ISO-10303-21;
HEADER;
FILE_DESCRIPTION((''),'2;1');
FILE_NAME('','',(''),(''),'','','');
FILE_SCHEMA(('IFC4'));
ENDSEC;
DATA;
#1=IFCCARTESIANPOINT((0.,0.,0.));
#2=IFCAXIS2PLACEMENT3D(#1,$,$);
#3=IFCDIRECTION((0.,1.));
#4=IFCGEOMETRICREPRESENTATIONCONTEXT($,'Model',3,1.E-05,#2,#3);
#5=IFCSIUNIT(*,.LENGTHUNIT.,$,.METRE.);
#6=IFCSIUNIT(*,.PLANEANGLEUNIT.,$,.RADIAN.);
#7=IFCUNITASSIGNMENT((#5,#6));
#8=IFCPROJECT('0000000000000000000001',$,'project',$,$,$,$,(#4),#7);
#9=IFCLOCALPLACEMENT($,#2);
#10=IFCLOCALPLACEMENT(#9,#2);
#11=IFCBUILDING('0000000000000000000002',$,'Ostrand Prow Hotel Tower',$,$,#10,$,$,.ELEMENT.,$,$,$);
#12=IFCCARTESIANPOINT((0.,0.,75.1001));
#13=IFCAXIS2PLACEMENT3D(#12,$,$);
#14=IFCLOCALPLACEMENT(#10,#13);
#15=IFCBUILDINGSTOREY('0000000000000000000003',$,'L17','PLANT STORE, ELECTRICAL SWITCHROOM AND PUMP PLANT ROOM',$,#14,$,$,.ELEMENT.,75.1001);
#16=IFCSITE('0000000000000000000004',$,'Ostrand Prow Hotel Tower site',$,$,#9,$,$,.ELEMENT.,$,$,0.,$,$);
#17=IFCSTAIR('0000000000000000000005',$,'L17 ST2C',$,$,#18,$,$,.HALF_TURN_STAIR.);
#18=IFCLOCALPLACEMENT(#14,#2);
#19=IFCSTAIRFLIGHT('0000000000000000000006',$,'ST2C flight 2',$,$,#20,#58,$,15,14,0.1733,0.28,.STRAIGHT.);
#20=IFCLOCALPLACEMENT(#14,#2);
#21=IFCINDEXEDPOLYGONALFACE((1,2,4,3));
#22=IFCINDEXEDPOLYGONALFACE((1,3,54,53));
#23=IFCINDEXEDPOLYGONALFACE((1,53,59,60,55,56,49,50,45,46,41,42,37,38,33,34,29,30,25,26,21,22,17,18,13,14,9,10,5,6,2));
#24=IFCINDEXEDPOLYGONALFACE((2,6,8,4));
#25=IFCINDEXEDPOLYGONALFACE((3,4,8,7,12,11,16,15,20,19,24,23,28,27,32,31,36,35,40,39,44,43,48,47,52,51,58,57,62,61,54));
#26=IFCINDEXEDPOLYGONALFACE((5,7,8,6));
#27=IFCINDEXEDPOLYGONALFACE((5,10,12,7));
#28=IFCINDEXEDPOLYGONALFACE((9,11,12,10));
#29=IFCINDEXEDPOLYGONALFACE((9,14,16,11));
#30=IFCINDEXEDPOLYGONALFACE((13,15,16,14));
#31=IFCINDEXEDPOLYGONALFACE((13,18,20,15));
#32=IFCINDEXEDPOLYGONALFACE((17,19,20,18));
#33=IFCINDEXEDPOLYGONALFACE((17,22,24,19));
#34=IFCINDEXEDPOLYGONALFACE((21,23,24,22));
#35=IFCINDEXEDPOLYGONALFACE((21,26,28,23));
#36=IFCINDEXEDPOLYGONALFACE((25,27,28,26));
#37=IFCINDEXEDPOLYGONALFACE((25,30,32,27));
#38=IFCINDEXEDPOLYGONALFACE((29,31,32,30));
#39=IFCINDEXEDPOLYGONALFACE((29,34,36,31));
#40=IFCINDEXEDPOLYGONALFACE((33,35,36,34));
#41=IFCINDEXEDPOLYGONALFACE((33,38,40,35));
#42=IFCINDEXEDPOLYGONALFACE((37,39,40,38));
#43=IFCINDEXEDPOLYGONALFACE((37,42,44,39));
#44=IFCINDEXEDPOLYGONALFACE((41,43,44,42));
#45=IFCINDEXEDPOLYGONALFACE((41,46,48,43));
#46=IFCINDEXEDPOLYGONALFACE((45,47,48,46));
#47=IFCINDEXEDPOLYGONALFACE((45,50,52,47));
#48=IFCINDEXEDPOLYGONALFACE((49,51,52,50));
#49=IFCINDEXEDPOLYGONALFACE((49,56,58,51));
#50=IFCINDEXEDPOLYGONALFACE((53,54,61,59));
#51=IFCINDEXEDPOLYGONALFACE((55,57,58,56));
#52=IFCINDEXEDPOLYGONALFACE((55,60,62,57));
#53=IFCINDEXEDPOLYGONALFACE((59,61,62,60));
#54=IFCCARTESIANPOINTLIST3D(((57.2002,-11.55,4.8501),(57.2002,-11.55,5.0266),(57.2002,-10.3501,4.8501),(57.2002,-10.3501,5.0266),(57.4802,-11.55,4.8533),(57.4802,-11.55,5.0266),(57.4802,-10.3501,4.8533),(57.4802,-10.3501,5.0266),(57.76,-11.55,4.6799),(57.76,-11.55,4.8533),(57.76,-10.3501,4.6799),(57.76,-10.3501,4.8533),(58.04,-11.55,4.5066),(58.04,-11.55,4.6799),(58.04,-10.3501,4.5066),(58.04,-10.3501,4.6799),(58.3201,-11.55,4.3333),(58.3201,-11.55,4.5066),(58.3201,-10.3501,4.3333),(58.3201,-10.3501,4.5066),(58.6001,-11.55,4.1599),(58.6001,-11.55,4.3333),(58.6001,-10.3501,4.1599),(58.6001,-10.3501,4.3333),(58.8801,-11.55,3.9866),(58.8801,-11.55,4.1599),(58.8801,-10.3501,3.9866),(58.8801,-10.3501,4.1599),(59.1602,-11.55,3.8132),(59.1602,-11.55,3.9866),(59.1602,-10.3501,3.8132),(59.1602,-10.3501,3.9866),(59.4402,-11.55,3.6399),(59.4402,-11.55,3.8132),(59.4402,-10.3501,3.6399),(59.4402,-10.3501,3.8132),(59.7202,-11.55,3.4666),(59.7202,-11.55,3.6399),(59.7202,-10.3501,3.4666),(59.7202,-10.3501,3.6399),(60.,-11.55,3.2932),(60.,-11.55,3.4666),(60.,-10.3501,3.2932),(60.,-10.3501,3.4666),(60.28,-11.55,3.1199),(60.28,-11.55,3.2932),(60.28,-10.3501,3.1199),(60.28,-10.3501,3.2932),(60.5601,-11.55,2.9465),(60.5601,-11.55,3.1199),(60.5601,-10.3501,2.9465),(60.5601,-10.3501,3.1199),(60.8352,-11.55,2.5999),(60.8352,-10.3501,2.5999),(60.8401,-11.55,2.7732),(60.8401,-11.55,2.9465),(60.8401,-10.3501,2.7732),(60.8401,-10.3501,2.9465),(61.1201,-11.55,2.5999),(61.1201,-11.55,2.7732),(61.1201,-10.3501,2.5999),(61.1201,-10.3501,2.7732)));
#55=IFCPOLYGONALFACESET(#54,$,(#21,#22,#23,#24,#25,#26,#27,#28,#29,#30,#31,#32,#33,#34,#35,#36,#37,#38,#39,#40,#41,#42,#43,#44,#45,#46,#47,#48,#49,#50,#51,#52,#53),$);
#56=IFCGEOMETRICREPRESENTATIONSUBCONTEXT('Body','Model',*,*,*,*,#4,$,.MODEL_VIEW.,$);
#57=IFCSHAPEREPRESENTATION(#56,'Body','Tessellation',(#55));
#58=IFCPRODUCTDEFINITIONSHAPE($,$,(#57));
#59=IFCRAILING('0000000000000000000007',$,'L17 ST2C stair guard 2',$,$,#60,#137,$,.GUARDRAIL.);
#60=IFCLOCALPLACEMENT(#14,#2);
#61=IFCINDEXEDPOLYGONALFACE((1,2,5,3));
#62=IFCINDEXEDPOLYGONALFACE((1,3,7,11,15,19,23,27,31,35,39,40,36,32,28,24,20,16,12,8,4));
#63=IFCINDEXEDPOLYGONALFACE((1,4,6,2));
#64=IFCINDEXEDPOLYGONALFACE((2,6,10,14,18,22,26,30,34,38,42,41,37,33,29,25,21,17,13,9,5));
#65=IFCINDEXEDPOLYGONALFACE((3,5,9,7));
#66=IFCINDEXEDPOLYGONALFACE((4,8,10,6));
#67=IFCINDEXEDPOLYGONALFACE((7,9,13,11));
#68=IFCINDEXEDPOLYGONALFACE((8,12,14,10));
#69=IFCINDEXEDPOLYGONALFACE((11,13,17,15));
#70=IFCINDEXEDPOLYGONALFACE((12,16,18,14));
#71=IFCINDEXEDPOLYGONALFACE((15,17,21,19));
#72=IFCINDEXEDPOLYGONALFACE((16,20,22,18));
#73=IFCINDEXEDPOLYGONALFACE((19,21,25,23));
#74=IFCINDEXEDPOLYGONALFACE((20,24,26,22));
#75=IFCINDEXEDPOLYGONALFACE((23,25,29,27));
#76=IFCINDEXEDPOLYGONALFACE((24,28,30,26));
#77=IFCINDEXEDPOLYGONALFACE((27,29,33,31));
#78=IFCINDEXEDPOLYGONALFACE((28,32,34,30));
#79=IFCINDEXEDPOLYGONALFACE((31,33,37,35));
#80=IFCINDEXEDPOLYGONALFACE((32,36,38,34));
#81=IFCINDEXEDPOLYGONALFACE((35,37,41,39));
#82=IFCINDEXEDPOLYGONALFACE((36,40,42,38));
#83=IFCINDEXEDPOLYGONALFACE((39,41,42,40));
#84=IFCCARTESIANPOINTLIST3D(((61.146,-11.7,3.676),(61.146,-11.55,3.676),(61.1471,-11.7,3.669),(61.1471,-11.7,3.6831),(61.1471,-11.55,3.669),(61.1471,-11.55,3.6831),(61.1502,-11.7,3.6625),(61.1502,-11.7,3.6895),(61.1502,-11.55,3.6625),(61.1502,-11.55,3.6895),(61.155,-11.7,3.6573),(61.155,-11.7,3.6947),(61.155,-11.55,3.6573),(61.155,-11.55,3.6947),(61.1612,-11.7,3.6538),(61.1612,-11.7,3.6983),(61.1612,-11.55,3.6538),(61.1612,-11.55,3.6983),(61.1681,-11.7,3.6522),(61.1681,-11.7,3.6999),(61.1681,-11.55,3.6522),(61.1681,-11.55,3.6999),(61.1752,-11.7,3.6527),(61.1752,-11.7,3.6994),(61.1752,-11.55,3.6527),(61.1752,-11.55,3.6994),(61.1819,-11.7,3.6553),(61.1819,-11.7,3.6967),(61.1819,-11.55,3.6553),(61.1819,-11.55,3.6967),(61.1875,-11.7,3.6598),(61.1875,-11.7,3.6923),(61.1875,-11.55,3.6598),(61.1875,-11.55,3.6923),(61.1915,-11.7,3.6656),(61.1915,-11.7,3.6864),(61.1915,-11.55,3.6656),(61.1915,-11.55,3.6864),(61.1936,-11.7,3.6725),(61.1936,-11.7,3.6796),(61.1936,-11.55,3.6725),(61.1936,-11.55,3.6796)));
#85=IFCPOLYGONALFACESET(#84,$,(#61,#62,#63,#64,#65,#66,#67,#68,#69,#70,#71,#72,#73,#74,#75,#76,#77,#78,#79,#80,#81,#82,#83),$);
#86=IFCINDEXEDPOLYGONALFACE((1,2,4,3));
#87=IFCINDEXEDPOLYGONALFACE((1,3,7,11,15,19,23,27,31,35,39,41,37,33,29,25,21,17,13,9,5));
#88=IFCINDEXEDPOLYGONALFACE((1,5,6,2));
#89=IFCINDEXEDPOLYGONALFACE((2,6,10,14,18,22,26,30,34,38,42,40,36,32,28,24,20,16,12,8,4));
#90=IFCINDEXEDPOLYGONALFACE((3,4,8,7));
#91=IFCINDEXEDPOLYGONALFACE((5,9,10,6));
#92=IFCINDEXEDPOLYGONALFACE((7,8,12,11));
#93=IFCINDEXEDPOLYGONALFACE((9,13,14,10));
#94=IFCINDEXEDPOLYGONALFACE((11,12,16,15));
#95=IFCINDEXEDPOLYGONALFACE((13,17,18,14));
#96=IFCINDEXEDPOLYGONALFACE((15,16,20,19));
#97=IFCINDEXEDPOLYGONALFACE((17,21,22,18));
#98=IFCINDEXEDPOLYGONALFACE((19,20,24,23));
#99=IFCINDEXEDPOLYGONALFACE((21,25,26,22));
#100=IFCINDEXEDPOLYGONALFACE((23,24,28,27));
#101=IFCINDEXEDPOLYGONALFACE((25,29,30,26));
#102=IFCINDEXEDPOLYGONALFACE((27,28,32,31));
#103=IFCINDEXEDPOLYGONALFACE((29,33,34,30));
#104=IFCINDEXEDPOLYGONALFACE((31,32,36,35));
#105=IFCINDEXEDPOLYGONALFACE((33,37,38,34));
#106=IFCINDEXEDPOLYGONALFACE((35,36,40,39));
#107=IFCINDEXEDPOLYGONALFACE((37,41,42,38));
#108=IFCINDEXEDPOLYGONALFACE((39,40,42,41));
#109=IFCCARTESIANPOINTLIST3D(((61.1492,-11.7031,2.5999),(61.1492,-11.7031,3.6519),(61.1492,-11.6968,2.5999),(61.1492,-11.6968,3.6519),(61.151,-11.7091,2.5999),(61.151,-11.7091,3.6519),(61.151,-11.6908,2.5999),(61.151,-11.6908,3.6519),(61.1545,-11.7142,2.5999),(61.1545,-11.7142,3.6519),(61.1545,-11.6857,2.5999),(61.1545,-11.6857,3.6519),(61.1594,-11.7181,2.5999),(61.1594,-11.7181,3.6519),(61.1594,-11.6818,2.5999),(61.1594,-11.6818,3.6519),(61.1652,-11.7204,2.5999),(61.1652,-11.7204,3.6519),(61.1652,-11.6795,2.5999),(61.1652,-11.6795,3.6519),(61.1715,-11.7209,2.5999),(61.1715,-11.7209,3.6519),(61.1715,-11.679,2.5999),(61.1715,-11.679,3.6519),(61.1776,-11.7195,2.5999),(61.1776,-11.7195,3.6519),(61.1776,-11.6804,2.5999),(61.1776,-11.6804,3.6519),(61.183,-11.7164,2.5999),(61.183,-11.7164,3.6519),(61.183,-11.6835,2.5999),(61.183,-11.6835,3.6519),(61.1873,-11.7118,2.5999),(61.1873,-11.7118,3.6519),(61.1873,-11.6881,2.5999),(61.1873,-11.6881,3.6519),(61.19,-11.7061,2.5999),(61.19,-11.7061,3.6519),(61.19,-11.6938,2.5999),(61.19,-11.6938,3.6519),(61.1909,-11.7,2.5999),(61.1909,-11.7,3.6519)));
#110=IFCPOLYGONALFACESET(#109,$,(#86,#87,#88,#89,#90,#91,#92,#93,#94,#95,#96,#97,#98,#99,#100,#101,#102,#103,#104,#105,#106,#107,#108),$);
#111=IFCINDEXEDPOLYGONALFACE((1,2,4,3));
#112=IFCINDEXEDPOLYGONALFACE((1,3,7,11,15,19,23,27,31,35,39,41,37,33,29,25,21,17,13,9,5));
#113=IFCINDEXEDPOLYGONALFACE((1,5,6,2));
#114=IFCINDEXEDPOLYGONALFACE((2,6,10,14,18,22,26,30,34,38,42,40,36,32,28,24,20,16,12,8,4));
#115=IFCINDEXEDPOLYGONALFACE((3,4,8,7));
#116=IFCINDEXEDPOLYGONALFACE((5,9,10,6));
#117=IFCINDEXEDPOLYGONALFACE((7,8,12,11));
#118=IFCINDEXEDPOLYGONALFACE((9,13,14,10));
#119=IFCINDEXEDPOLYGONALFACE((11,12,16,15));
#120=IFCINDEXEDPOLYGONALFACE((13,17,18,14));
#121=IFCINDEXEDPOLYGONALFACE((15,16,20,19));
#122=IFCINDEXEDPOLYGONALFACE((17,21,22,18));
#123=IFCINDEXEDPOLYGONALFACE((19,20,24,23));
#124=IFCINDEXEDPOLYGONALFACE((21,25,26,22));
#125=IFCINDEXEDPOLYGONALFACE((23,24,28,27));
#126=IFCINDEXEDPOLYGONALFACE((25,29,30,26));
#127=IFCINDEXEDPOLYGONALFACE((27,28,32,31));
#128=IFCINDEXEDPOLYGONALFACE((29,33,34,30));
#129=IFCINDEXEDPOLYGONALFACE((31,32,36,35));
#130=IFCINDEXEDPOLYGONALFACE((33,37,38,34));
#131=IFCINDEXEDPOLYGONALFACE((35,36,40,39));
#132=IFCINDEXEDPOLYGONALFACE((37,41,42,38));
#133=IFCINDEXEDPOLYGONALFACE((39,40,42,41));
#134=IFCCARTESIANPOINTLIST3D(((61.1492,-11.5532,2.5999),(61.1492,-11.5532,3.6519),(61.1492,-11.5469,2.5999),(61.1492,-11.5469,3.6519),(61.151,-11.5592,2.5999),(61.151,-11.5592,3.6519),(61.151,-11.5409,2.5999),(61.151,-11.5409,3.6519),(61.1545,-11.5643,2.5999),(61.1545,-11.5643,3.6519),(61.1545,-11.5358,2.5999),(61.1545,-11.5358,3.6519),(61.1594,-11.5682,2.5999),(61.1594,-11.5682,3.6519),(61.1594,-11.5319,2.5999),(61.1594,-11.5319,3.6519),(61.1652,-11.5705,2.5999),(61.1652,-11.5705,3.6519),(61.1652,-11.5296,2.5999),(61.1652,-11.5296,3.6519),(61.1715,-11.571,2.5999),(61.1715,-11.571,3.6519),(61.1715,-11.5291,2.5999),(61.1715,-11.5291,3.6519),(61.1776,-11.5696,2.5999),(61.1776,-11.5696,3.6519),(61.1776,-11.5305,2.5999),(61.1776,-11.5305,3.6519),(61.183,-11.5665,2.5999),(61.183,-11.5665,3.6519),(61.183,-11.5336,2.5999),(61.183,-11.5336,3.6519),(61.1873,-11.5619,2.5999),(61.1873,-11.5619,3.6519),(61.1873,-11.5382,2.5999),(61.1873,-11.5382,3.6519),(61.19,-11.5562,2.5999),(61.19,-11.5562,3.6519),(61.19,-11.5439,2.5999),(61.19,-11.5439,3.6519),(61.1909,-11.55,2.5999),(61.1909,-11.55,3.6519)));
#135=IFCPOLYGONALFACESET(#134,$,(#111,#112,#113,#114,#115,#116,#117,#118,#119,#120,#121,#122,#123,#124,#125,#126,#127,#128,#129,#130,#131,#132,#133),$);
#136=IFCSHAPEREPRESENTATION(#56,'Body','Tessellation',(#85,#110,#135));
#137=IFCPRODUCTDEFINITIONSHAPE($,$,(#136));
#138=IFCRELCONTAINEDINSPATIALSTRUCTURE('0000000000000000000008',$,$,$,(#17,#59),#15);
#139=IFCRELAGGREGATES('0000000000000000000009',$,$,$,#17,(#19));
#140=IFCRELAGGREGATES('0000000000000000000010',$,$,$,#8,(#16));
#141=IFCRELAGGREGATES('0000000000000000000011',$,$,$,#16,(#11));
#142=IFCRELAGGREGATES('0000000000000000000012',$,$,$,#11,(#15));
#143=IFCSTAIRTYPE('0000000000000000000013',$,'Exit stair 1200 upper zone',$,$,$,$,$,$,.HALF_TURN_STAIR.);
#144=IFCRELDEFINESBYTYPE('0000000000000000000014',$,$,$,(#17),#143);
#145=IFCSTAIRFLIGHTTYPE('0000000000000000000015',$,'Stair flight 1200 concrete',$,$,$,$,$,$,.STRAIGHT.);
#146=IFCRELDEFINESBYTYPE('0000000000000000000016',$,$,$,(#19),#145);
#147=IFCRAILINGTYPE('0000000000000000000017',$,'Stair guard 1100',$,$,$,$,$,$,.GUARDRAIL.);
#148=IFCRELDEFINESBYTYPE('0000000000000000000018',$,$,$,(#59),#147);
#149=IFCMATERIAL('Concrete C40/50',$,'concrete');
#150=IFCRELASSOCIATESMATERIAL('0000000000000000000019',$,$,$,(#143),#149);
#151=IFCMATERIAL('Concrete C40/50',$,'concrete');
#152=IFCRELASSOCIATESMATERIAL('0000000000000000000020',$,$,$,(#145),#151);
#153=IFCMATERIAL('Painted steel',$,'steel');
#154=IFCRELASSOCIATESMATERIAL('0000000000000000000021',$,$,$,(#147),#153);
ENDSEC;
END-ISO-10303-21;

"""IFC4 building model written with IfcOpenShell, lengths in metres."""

from ifc_helpers import new_model, si_unit, direction, frame, origin, origin_2d, place, context, subcontext, project, spatial, polyline, circle, outline, extrude, material, type_object, element, aggregate, save


model = new_model("IFC4")

# Units and contexts
model_context = context("Model", 3, precision=1e-05, world=origin(), true_north=direction((0.0, 1.0)))
body_context = subcontext(model_context, "Body", "Model", "MODEL_VIEW")
ifc_project = project(units=[si_unit("LENGTHUNIT", "METRE"), si_unit("PLANEANGLEUNIT", "RADIAN")], contexts=[model_context])

# Site, building, storey
site_placement = place(None, origin())
site = spatial("IfcSite", under=ifc_project, at=site_placement, Name="Ostrand Prow Hotel Tower site", CompositionType="ELEMENT", RefElevation=0.0)
building_placement = place(site_placement, origin())
building = spatial("IfcBuilding", under=site, at=building_placement, Name="Ostrand Prow Hotel Tower", CompositionType="ELEMENT")
storey_placement = place(building_placement, frame((0.0, 0.0, 75.1001)))
storey = spatial("IfcBuildingStorey", under=building, at=storey_placement, Name="L17", Description="PLANT STORE, ELECTRICAL SWITCHROOM AND PUMP PLANT ROOM", CompositionType="ELEMENT", Elevation=75.1001)

# Stair, stair flight
ifc_material_1 = material(Name="Concrete C40/50", Category="concrete")
stair_type = type_object("IfcStairType", Name="Exit stair 1200 upper zone", PredefinedType="HALF_TURN_STAIR", material=ifc_material_1)
stair_placement = place(storey_placement, origin())
stair = element("IfcStair", 1, at=stair_placement, inside=storey, type_object=stair_type, Name="L17 ST2C", PredefinedType="HALF_TURN_STAIR")
ifc_material_2 = material(Name="Concrete C40/50", Category="concrete")
stair_flight_type = type_object("IfcStairFlightType", Name="Stair flight 1200 concrete", PredefinedType="STRAIGHT", material=ifc_material_2)
stair_flight_placement = place(storey_placement, frame((61.1201, -10.95, 2.5999), z_axis=(0.0, 0.0, 1.0), x_axis=(-1.0, 0.0, 0.0)))
stair_flight = element("IfcStairFlight", 2, at=stair_flight_placement, type_object=stair_flight_type, Name="ST2C flight 2", NumberOfRisers=15, NumberOfTreads=14, PredefinedType="STRAIGHT", RiserHeight=0.1733, TreadLength=0.28, context=body_context, shape_type="SweptSolid", body=[
    extrude(outline(polyline([(0.0, 0.0), (0.0, 0.1733), (0.28, 0.1733), (0.28, 0.3467), (0.5601, 0.3467), (0.5601, 0.52), (0.8401, 0.52), (0.8401, 0.6934), (1.1201, 0.6934), (1.1201, 0.8667), (1.3999, 0.8667), (1.3999, 1.04), (1.6799, 1.04), (1.6799, 1.2134), (1.96, 1.2134), (1.96, 1.3867), (2.24, 1.3867), (2.24, 1.5601), (2.52, 1.5601), (2.52, 1.7334), (2.8, 1.7334), (2.8, 1.9067), (3.0801, 1.9067), (3.0801, 2.0801), (3.3601, 2.0801), (3.3601, 2.2534), (3.6399, 2.2534), (3.6399, 2.4268), (3.9199, 2.4268), (3.9199, 2.6001), (3.9199, 2.2502), (0.2849, 0.0), (0.0, 0.0)])), frame((0.0, 0.6001, 0.0), z_axis=(0.0, -1.0, 0.0), x_axis=(1.0, 0.0, 0.0)), (0.0, 0.0, 1.0), 1.2),
])
aggregate(stair, [stair_flight])

# Railing
ifc_material_3 = material(Name="Painted steel", Category="steel")
railing_type_1 = type_object("IfcRailingType", Name="Stair guard 1100", PredefinedType="GUARDRAIL", material=ifc_material_3)
railing_1_placement = place(storey_placement, frame((61.1699, -11.7, 2.5999)))
element("IfcRailing", 3, at=railing_1_placement, inside=storey, type_object=railing_type_1, Name="L17 ST2C stair guard 2", PredefinedType="GUARDRAIL", context=body_context, shape_type="SweptSolid", body=[
    extrude(circle(Radius=0.0239, at=origin_2d()), frame((0.0, 0.0, 1.0762), z_axis=(0.0, 1.0, 0.0), x_axis=(-1.0, 0.0, 0.0)), (0.0, 0.0, 1.0), 0.1499),
    extrude(circle(Radius=0.021, at=origin_2d()), origin(), (0.0, 0.0, 1.0), 1.052),
    extrude(circle(Radius=0.021, at=origin_2d()), frame((0.0, 0.1499, 0.0)), (0.0, 0.0, 1.0), 1.052),
])

save(model, "model.ifc")
